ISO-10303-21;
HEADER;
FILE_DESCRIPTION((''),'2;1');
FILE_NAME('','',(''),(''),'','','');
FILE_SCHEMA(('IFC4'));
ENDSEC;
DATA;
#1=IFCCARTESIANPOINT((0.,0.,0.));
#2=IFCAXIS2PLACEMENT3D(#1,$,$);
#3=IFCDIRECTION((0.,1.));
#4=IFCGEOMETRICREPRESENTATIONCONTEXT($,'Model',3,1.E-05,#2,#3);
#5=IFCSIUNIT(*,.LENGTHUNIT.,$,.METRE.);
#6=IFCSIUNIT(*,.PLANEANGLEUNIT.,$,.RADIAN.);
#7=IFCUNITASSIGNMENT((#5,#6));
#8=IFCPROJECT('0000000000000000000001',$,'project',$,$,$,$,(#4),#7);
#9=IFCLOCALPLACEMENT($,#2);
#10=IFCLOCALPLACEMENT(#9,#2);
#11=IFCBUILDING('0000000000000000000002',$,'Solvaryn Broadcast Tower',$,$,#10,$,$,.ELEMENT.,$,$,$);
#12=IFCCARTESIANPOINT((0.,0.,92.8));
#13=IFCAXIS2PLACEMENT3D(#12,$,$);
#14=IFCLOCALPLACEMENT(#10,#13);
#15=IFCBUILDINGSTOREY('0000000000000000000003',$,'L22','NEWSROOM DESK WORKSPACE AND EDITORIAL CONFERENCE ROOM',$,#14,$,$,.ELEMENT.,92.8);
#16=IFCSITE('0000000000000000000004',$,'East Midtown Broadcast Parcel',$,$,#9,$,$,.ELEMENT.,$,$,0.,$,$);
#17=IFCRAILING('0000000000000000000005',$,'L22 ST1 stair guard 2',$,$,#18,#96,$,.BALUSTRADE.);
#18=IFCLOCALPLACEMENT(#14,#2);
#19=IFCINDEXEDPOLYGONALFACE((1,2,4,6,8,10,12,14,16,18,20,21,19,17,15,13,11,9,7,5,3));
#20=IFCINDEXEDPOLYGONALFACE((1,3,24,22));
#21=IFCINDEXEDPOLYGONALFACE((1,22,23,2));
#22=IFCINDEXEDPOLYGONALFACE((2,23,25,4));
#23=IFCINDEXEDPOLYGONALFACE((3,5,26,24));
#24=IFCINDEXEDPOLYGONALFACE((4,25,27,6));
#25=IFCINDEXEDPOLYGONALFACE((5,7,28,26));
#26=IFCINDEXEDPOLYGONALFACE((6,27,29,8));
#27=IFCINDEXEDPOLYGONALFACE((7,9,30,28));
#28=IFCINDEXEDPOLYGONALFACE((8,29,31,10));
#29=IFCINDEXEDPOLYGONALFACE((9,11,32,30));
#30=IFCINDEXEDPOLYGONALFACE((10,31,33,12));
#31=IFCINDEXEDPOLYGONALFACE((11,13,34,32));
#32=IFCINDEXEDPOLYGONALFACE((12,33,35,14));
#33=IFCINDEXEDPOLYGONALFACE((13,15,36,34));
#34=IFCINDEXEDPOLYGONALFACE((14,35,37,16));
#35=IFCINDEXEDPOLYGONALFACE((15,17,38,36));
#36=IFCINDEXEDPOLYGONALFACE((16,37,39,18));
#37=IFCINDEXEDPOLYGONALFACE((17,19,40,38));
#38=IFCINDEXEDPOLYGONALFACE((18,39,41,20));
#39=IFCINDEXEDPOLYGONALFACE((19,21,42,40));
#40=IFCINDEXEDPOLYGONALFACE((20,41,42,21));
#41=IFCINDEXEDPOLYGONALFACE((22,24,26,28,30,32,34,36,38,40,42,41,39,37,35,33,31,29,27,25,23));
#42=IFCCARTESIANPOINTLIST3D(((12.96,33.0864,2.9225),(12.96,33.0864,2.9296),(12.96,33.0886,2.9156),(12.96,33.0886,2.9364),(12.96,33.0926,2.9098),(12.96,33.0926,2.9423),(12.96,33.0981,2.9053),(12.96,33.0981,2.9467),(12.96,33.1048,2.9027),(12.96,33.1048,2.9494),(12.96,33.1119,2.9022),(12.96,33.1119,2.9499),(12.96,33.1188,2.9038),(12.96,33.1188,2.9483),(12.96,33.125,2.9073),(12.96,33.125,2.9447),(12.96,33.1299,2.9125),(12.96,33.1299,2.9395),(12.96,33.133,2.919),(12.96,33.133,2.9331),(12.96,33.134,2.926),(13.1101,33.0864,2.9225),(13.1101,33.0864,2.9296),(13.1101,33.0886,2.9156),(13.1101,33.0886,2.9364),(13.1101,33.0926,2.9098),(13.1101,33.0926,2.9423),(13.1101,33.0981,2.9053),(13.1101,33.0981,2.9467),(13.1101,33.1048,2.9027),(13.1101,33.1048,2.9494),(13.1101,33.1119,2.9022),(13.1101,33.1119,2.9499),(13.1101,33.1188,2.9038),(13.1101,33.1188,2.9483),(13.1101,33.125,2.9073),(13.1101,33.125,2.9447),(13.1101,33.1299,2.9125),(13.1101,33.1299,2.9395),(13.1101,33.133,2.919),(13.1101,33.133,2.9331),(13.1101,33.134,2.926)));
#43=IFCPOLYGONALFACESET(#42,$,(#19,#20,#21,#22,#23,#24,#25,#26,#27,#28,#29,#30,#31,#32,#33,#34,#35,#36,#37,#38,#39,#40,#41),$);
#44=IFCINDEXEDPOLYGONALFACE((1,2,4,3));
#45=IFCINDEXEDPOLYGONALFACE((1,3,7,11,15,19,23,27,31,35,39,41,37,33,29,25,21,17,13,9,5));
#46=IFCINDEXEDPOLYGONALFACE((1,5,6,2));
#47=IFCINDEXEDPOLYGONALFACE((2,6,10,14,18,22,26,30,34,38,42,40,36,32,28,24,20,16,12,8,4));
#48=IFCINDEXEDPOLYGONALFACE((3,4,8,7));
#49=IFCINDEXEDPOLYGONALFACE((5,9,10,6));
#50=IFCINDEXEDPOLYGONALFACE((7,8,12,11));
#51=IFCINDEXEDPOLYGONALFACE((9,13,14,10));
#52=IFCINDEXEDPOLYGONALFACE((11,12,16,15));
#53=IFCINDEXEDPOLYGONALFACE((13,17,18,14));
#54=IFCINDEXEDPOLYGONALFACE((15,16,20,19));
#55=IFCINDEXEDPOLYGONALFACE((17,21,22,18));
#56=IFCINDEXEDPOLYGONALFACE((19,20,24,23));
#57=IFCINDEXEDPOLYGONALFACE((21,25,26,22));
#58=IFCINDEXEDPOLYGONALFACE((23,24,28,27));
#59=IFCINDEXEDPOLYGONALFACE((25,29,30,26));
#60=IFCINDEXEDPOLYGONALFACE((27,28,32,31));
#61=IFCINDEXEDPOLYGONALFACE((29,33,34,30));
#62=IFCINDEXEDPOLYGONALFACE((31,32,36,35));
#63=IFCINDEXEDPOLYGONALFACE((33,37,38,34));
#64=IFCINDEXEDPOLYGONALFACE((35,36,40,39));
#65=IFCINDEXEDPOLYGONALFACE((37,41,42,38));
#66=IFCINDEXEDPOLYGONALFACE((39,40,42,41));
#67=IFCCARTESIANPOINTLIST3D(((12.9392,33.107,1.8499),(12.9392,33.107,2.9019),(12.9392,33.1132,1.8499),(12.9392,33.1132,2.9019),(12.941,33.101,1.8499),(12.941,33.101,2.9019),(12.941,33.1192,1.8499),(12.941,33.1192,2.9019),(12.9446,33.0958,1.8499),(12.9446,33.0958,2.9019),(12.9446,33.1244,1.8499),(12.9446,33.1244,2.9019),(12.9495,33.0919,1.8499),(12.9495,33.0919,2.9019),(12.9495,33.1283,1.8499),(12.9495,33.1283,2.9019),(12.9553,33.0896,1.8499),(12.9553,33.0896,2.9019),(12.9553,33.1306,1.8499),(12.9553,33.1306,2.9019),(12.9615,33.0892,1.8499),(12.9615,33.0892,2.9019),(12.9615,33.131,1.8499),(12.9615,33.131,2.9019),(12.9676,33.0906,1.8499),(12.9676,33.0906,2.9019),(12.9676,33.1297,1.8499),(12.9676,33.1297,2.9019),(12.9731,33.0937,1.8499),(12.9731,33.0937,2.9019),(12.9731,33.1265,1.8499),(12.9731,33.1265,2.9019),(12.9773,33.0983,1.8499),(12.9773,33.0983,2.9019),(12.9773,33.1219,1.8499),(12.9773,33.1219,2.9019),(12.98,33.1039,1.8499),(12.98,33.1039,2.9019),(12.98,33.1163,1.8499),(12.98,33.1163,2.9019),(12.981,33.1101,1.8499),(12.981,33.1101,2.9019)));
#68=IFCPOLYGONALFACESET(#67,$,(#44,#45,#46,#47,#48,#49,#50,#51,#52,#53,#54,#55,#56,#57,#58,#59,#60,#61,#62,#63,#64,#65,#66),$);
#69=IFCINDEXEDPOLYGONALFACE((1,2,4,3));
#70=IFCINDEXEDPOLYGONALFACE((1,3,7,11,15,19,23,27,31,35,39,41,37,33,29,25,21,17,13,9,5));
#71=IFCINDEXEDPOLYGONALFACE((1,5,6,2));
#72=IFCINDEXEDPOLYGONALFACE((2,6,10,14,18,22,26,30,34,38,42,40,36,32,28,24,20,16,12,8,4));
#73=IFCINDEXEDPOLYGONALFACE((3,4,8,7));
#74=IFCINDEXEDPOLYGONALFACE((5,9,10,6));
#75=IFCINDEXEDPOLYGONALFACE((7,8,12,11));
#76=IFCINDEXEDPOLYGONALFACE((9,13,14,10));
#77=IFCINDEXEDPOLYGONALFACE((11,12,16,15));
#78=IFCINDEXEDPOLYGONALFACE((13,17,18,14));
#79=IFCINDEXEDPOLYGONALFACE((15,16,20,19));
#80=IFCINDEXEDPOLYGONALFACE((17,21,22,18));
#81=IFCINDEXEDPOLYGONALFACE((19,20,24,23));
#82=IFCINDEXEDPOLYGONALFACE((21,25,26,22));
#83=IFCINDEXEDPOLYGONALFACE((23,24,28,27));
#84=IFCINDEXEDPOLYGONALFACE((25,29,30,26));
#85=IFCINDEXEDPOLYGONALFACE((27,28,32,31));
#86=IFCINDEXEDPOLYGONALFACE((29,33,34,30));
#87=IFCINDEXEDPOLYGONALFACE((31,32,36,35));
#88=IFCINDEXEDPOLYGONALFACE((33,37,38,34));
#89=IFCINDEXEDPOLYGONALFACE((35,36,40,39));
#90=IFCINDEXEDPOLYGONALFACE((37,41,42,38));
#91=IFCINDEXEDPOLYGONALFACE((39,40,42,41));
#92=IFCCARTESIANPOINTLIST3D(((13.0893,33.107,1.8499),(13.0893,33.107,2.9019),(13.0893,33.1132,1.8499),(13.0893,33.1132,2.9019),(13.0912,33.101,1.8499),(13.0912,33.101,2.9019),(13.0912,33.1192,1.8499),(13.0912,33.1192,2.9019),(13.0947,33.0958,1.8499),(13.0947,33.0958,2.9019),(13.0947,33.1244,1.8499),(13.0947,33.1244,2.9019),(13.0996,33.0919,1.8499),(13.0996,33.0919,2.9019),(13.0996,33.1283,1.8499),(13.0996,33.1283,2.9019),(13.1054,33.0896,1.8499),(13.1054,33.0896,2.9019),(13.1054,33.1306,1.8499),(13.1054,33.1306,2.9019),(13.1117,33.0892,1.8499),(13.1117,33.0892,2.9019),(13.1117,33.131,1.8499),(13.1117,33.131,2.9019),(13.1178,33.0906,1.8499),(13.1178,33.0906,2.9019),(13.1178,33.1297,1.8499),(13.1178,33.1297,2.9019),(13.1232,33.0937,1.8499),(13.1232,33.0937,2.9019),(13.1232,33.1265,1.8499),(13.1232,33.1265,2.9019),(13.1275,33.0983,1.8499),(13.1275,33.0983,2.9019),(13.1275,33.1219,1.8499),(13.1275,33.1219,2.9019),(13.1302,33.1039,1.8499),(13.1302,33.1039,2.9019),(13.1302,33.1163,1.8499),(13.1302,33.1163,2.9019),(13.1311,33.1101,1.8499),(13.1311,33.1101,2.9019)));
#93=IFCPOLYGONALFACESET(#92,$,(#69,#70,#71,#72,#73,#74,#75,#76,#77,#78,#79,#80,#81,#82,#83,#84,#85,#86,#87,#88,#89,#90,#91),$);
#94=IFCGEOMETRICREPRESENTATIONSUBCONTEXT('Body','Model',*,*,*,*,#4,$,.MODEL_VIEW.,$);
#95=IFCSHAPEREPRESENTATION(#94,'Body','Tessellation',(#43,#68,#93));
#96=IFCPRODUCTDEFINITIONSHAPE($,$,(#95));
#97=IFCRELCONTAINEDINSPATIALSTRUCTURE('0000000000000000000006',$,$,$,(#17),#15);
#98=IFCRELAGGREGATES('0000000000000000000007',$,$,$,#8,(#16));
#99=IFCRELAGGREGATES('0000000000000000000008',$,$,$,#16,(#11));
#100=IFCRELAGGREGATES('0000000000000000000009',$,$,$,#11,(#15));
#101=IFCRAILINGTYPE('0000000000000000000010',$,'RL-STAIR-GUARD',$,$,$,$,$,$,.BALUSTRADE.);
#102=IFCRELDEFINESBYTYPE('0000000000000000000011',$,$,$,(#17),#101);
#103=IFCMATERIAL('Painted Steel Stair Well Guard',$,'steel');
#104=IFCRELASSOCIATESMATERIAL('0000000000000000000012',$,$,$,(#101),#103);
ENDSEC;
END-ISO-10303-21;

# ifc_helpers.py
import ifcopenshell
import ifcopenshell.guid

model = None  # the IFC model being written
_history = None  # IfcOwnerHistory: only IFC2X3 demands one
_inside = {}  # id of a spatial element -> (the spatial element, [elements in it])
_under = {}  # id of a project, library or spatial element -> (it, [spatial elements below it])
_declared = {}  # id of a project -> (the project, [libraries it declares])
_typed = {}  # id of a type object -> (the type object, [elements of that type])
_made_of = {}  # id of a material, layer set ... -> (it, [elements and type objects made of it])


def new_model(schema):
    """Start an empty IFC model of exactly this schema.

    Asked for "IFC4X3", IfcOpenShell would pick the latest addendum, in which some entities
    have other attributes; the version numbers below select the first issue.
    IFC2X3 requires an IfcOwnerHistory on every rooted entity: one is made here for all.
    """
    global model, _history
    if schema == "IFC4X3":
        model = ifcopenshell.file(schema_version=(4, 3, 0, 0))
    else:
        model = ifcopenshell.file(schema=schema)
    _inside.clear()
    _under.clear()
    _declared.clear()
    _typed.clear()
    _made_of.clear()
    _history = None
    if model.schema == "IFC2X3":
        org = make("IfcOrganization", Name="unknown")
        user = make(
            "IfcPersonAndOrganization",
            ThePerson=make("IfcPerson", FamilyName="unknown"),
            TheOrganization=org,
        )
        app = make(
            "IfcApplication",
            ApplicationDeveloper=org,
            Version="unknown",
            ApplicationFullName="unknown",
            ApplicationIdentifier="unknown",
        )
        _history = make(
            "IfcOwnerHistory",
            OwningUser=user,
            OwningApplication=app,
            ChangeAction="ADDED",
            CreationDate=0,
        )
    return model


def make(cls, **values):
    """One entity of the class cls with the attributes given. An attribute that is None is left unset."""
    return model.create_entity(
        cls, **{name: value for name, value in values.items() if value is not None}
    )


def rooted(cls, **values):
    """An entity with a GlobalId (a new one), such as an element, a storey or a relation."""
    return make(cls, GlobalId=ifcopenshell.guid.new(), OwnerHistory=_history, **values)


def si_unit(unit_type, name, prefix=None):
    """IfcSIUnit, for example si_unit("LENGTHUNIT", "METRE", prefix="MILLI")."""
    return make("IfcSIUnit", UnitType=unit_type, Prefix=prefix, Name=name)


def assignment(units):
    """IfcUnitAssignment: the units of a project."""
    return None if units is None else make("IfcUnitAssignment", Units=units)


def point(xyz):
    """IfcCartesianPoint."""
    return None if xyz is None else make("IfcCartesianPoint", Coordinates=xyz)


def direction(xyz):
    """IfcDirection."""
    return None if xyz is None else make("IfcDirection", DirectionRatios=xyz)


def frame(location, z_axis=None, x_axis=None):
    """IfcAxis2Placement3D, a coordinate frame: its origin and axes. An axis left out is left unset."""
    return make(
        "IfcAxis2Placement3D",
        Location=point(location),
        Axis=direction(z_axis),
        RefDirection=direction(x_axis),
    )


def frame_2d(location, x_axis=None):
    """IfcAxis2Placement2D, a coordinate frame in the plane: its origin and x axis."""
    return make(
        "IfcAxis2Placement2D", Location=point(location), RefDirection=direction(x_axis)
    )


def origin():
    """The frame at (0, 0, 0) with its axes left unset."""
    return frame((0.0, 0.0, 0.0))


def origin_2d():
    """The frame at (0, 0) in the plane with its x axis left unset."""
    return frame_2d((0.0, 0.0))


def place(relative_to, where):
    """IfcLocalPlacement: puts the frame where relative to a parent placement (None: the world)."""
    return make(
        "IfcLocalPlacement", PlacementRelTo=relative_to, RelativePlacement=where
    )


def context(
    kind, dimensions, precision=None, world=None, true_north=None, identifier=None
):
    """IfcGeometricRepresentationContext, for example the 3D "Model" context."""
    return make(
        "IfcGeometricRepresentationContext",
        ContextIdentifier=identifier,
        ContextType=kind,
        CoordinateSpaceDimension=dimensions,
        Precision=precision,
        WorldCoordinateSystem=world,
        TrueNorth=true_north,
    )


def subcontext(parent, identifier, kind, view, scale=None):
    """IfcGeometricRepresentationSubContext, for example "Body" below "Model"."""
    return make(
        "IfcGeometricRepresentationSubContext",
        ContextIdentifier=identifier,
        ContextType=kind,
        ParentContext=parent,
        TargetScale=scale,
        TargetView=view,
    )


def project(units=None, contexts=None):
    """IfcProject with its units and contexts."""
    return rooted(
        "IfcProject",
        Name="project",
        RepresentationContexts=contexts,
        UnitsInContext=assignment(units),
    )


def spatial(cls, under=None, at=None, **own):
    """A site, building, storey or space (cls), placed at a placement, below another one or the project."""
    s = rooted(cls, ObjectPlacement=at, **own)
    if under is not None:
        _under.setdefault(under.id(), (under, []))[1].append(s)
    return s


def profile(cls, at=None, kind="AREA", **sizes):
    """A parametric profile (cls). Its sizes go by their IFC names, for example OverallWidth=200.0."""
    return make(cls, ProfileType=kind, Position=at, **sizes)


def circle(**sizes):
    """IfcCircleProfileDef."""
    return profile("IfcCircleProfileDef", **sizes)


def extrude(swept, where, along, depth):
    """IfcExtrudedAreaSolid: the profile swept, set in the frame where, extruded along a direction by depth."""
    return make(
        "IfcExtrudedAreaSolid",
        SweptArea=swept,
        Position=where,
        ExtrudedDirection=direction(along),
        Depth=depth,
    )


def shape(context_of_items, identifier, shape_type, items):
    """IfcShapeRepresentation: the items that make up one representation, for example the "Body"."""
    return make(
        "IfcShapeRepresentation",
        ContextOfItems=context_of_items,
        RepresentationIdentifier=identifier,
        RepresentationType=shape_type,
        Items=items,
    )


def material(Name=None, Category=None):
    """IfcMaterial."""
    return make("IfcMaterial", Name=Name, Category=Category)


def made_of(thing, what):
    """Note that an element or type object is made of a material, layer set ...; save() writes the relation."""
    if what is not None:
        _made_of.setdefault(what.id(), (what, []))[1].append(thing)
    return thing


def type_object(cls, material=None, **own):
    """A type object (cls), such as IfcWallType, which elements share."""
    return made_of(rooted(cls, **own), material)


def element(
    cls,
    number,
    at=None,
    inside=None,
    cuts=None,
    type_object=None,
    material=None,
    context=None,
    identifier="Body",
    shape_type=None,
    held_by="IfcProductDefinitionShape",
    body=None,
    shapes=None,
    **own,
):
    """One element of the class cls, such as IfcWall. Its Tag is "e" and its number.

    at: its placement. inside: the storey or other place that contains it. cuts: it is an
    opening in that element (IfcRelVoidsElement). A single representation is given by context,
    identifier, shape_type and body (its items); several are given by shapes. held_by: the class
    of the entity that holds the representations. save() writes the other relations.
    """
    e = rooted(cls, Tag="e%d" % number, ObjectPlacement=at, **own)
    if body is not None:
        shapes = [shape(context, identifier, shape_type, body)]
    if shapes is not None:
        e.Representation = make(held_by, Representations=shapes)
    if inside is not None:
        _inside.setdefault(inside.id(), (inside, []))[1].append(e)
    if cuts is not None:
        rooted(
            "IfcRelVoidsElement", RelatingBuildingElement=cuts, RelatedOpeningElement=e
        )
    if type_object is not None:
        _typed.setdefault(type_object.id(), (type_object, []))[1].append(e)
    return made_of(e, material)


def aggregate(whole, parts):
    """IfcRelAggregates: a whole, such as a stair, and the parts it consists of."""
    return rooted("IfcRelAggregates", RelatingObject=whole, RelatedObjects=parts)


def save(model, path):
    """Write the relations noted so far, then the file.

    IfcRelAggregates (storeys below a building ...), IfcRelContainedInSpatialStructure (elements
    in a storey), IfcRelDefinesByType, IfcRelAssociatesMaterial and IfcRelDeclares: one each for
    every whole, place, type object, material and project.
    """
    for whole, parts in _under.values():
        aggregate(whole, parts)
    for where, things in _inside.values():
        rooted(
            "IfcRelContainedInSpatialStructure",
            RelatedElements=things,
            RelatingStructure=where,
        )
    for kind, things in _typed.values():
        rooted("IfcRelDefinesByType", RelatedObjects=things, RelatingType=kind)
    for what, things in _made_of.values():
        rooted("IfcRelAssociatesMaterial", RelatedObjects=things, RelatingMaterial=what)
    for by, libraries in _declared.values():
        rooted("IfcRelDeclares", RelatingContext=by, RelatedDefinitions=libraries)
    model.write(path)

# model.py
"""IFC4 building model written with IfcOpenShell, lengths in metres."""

from ifc_helpers import new_model, si_unit, direction, frame, origin, origin_2d, place, context, subcontext, project, spatial, circle, extrude, material, type_object, element, save


model = new_model("IFC4")

# Units and contexts
model_context = context("Model", 3, precision=1e-05, world=origin(), true_north=direction((0.0, 1.0)))
body_context = subcontext(model_context, "Body", "Model", "MODEL_VIEW")
ifc_project = project(units=[si_unit("LENGTHUNIT", "METRE"), si_unit("PLANEANGLEUNIT", "RADIAN")], contexts=[model_context])

# Site, building, storey
site_placement = place(None, origin())
site = spatial("IfcSite", under=ifc_project, at=site_placement, Name="East Midtown Broadcast Parcel", CompositionType="ELEMENT", RefElevation=0.0)
building_placement = place(site_placement, origin())
building = spatial("IfcBuilding", under=site, at=building_placement, Name="Solvaryn Broadcast Tower", CompositionType="ELEMENT")
storey_placement = place(building_placement, frame((0.0, 0.0, 92.8)))
storey = spatial("IfcBuildingStorey", under=building, at=storey_placement, Name="L22", Description="NEWSROOM DESK WORKSPACE AND EDITORIAL CONFERENCE ROOM", CompositionType="ELEMENT", Elevation=92.8)

# Railing
ifc_material_1 = material(Name="Painted Steel Stair Well Guard", Category="steel")
railing_type_1 = type_object("IfcRailingType", Name="RL-STAIR-GUARD", PredefinedType="BALUSTRADE", material=ifc_material_1)
railing_1_placement = place(storey_placement, frame((12.96, 33.1101, 1.8499)))
element("IfcRailing", 1, at=railing_1_placement, inside=storey, type_object=railing_type_1, Name="L22 ST1 stair guard 2", PredefinedType="BALUSTRADE", context=body_context, shape_type="SweptSolid", body=[
    extrude(circle(Radius=0.0239, at=origin_2d()), frame((0.0, 0.0, 1.0762), z_axis=(1.0, 0.0, 0.0), x_axis=(0.0, 1.0, 0.0)), (0.0, 0.0, 1.0), 0.1501),
    extrude(circle(Radius=0.021, at=origin_2d()), origin(), (0.0, 0.0, 1.0), 1.052),
    extrude(circle(Radius=0.021, at=origin_2d()), frame((0.1501, 0.0, 0.0)), (0.0, 0.0, 1.0), 1.052),
])

save(model, "model.ifc")
